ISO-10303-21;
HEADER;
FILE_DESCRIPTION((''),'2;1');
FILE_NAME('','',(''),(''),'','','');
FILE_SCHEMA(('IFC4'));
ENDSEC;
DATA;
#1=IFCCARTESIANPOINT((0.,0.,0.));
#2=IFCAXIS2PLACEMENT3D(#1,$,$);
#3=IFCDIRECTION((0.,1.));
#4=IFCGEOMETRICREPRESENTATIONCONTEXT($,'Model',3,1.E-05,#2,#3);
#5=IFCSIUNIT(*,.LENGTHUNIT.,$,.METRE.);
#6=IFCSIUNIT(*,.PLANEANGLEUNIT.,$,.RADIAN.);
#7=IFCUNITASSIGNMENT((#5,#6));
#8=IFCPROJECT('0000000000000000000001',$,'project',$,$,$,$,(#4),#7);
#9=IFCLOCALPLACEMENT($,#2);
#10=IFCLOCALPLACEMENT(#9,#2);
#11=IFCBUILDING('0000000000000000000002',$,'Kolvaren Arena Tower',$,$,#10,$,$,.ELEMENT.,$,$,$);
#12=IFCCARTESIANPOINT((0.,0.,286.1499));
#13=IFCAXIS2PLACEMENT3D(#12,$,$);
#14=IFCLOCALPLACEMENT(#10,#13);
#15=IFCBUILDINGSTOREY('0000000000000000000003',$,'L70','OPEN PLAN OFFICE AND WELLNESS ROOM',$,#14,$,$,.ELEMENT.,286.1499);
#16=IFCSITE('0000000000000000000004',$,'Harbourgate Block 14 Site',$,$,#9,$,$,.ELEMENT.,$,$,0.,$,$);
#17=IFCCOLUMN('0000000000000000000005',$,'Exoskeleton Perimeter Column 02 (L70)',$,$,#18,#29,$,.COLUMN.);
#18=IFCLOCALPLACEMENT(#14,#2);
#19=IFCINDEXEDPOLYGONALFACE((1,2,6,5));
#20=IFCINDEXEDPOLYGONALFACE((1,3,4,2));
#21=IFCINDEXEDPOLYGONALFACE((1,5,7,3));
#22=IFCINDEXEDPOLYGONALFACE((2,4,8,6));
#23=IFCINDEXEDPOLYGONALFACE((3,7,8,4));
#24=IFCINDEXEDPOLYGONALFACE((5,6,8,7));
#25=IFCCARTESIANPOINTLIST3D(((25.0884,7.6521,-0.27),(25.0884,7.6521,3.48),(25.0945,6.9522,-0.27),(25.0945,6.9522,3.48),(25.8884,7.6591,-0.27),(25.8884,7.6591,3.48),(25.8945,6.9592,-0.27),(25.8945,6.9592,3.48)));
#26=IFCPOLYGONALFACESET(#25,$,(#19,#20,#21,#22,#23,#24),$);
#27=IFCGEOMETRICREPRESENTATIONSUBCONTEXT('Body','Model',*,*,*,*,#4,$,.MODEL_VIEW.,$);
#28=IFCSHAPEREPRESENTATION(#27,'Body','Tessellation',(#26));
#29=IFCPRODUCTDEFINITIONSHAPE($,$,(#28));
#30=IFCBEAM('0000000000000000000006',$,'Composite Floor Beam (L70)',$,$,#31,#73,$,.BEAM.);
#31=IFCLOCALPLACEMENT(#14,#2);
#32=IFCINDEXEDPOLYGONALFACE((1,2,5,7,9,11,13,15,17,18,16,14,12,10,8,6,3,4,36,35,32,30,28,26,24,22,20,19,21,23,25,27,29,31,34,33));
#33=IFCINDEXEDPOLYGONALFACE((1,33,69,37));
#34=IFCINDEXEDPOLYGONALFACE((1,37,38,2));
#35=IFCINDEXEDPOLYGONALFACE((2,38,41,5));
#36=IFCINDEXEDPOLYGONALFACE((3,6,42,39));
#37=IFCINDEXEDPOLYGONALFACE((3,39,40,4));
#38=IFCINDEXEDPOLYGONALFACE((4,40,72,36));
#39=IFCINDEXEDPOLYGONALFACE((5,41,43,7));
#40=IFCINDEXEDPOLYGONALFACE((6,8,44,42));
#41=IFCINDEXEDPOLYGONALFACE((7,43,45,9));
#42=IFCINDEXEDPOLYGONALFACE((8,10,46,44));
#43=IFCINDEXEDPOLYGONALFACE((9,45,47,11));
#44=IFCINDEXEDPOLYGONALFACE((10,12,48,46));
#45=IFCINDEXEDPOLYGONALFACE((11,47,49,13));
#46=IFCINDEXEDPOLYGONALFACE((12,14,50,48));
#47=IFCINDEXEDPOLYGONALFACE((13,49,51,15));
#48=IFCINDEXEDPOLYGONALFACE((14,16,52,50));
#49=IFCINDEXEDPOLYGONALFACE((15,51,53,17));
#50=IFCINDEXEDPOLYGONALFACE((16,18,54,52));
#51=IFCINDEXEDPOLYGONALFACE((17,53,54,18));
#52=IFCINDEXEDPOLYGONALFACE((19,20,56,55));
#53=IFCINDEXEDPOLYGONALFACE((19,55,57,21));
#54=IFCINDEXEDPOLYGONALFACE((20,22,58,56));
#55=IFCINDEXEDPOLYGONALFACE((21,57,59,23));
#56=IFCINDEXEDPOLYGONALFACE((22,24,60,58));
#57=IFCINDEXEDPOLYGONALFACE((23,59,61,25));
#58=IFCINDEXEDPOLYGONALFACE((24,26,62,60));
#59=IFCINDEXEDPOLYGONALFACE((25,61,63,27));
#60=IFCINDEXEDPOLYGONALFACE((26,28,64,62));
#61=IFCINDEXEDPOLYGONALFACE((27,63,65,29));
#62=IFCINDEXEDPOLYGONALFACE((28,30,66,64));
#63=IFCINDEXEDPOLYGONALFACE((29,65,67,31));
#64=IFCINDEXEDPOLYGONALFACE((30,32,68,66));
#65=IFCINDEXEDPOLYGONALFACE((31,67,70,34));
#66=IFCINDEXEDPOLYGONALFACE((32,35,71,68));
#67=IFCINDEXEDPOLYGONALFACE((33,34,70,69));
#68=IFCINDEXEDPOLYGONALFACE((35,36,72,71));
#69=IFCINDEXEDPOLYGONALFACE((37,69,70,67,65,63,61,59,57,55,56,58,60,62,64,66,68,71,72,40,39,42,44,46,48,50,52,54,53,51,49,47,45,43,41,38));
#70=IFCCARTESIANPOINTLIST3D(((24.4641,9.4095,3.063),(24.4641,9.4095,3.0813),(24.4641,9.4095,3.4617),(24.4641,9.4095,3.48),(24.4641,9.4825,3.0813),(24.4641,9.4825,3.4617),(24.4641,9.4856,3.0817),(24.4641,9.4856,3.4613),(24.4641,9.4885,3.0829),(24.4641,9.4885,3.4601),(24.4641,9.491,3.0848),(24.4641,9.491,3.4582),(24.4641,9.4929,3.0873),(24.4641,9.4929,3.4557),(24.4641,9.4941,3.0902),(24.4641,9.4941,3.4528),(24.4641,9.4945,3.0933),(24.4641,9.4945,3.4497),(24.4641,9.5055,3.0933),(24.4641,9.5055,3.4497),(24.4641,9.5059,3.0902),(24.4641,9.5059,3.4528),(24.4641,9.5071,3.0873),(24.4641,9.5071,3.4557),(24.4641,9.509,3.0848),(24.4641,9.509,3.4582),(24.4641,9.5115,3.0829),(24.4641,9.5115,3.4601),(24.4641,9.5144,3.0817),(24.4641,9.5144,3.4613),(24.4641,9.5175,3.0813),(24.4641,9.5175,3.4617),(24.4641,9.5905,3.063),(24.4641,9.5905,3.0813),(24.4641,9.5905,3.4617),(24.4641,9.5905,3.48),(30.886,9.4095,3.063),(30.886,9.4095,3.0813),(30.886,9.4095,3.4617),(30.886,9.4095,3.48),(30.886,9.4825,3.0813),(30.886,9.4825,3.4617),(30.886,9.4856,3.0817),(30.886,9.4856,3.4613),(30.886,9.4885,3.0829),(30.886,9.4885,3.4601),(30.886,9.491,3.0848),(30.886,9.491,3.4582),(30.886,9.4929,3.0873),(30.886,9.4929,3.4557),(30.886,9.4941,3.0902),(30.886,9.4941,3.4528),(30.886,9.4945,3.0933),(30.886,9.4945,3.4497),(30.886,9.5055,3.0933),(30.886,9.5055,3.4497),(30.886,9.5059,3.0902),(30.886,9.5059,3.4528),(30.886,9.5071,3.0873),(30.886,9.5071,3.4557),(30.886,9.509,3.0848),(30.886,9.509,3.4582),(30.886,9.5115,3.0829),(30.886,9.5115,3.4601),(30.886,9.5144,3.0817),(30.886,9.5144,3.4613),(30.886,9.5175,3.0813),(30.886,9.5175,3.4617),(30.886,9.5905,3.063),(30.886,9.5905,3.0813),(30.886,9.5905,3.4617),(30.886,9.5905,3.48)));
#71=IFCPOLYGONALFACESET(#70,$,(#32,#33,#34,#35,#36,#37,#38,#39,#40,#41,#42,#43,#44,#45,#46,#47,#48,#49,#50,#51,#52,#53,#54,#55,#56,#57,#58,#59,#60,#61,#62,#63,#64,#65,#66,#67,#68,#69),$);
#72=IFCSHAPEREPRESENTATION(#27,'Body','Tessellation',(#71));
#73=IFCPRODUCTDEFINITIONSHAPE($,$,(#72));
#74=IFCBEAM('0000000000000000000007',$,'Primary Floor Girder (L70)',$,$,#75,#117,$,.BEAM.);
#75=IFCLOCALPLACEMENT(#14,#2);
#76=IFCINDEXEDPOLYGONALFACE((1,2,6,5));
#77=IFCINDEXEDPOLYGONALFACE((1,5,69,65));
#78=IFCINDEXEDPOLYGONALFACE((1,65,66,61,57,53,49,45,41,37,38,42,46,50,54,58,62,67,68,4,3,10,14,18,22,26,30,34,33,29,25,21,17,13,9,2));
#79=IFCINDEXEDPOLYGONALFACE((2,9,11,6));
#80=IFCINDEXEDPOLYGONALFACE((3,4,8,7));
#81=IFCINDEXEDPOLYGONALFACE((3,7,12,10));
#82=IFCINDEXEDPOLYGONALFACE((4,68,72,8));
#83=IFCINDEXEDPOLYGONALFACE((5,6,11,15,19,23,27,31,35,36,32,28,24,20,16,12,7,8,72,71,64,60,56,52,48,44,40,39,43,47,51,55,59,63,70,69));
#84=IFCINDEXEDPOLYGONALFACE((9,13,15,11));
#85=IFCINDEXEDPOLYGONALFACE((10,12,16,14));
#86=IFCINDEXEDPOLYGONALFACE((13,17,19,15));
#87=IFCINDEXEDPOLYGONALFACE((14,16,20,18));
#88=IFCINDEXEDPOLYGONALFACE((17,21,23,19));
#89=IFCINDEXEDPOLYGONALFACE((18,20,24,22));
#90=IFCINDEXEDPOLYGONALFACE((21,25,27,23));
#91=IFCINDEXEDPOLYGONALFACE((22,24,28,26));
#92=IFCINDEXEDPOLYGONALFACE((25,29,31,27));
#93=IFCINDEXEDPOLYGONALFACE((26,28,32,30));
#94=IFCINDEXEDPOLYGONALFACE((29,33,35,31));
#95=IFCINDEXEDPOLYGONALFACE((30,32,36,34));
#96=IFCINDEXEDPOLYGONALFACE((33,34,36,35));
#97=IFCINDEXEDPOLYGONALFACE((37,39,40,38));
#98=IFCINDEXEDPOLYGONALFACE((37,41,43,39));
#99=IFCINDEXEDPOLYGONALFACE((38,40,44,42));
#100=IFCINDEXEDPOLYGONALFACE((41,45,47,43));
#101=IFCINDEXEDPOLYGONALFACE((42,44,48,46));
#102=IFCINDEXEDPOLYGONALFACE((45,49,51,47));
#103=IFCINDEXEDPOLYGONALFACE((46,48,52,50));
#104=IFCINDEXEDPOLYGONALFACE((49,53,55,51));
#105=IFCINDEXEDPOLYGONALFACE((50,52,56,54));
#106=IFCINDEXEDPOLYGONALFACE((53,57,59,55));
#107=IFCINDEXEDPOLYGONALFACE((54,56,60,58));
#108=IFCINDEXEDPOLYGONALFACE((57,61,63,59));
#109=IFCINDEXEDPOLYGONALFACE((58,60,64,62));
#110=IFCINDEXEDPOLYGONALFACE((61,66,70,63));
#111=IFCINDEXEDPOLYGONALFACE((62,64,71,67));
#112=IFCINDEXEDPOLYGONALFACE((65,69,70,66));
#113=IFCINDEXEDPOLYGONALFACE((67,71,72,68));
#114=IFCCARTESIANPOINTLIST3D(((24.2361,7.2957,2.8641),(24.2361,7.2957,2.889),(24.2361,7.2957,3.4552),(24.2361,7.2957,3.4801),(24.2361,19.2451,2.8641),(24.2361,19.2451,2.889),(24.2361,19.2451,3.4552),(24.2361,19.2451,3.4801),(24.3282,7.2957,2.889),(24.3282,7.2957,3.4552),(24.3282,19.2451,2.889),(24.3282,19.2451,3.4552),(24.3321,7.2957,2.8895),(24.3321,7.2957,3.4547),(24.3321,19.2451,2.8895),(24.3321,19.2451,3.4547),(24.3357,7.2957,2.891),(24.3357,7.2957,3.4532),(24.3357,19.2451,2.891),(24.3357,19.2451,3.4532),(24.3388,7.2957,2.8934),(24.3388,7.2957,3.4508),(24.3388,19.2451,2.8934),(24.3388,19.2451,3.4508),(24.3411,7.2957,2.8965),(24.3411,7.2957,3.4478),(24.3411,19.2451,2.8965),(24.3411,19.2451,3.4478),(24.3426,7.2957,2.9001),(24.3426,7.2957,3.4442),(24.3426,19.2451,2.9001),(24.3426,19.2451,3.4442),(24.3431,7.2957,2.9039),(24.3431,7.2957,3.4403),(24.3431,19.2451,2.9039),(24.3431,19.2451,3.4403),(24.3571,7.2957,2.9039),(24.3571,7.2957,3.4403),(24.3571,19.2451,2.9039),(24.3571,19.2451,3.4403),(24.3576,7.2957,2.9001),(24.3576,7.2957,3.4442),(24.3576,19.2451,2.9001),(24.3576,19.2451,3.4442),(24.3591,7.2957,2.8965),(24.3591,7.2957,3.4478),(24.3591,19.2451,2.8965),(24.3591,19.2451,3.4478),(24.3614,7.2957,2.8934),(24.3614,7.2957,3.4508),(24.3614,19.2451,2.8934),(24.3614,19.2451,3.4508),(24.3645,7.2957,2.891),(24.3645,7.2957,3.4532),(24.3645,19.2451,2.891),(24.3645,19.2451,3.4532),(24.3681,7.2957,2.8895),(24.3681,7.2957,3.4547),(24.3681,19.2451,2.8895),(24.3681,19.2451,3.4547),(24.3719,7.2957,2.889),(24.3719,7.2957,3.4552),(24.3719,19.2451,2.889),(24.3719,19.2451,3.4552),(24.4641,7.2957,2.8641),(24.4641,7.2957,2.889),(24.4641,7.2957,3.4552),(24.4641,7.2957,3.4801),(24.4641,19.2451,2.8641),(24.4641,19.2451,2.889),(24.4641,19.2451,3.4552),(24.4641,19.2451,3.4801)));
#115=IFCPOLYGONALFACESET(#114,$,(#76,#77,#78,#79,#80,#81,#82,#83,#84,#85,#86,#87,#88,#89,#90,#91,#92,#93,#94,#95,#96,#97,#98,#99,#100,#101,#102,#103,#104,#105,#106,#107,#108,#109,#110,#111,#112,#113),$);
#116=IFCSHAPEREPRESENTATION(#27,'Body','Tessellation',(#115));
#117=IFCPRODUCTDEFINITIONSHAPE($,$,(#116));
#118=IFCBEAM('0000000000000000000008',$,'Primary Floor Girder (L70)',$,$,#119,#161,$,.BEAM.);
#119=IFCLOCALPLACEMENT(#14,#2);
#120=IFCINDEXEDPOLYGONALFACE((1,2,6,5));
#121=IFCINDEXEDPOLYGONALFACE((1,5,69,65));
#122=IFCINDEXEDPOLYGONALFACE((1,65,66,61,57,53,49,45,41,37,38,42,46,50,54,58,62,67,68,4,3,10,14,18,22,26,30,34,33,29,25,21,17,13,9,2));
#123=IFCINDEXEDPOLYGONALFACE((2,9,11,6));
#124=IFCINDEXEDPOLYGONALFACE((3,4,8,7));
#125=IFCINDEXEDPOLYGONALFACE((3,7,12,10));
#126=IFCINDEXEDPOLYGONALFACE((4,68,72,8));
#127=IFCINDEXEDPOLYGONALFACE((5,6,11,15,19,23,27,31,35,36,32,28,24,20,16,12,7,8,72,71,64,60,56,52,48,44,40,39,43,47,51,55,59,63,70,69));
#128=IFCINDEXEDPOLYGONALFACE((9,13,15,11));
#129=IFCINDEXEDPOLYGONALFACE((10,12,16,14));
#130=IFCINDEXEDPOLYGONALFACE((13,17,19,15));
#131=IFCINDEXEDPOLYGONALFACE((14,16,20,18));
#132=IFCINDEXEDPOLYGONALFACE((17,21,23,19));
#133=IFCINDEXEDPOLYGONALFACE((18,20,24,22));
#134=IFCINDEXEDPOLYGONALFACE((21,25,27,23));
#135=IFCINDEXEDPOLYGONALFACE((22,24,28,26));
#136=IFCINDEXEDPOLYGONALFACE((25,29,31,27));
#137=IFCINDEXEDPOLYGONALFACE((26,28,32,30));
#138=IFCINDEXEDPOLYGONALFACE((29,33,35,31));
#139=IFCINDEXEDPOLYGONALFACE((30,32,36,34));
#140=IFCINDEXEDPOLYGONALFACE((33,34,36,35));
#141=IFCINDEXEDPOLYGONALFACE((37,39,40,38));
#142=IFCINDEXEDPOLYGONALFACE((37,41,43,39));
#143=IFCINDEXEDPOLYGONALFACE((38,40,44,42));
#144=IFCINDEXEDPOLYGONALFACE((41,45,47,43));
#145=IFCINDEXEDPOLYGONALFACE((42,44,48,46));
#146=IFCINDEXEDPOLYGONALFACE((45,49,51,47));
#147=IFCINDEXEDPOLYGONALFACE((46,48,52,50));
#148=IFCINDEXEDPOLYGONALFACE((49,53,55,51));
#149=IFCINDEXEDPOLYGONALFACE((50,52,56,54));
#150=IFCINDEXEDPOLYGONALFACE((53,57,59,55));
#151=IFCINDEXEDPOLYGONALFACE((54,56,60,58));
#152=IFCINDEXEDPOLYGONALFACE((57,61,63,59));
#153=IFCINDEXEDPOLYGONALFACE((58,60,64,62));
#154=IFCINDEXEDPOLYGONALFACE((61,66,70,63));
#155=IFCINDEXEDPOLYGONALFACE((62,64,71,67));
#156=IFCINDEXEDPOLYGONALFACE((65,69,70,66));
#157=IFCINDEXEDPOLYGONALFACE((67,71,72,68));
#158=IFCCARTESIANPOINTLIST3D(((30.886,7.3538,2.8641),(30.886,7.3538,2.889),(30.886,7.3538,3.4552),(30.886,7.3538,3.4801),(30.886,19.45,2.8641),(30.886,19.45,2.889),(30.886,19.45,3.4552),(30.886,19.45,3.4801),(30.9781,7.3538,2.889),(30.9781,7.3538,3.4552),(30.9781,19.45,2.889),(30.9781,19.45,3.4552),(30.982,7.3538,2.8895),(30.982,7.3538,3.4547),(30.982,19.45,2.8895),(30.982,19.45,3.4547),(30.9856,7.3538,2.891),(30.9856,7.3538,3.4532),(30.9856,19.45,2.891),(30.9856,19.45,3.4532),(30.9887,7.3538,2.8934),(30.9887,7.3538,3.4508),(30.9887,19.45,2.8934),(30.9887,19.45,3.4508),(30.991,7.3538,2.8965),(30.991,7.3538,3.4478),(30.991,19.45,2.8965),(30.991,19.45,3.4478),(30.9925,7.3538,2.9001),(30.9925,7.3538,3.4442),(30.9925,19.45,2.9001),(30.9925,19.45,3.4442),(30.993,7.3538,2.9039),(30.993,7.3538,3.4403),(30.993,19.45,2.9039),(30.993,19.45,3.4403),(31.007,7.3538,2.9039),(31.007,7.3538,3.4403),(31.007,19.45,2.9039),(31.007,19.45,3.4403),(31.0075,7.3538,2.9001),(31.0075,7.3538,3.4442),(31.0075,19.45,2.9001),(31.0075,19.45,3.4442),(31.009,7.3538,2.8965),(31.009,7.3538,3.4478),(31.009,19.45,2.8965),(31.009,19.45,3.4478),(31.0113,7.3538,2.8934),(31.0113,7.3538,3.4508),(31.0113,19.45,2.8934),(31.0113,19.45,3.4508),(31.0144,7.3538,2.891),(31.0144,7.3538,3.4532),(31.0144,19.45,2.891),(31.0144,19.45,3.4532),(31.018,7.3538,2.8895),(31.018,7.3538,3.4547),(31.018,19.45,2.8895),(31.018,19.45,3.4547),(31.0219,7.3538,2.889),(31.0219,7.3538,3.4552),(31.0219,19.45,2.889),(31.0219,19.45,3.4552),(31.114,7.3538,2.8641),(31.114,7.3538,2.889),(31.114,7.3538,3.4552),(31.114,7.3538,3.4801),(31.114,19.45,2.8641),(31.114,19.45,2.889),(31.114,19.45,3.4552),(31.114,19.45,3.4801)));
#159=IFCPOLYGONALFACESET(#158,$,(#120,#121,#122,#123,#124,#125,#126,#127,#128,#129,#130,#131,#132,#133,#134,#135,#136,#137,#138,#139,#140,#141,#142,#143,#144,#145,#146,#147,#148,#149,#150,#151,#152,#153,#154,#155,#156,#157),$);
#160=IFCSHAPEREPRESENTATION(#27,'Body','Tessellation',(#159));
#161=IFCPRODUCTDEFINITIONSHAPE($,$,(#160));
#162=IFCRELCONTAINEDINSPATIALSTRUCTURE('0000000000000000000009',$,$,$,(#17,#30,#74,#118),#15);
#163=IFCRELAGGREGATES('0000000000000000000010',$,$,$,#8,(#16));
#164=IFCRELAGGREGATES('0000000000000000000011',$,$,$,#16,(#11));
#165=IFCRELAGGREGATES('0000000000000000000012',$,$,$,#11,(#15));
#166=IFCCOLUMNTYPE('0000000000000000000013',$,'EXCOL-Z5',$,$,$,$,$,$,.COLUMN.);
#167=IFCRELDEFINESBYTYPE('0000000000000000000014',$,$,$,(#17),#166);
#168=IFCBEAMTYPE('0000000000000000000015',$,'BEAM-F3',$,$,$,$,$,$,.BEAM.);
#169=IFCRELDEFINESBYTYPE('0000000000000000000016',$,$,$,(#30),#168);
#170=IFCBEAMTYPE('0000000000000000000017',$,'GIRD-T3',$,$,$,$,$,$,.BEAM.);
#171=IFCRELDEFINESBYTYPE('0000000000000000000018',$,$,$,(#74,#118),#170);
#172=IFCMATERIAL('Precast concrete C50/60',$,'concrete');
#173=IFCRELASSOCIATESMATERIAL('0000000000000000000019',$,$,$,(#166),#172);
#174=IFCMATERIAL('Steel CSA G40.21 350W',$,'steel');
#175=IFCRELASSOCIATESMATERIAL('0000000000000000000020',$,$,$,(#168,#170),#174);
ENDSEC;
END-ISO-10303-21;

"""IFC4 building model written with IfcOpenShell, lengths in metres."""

from ifc_helpers import new_model, si_unit, direction, frame, origin, origin_2d, place, context, subcontext, project, spatial, rectangle, i_section, extrude, material, material_profile, profile_set, type_object, element, save


model = new_model("IFC4")

# Units and contexts
model_context = context("Model", 3, precision=1e-05, world=origin(), true_north=direction((0.0, 1.0)))
body_context = subcontext(model_context, "Body", "Model", "MODEL_VIEW")
ifc_project = project(units=[si_unit("LENGTHUNIT", "METRE"), si_unit("PLANEANGLEUNIT", "RADIAN")], contexts=[model_context])

# Site, building, storey
site_placement = place(None, origin())
site = spatial("IfcSite", under=ifc_project, at=site_placement, Name="Harbourgate Block 14 Site", CompositionType="ELEMENT", RefElevation=0.0)
building_placement = place(site_placement, origin())
building = spatial("IfcBuilding", under=site, at=building_placement, Name="Kolvaren Arena Tower", CompositionType="ELEMENT")
storey_placement = place(building_placement, frame((0.0, 0.0, 286.1499)))
storey = spatial("IfcBuildingStorey", under=building, at=storey_placement, Name="L70", Description="OPEN PLAN OFFICE AND WELLNESS ROOM", CompositionType="ELEMENT", Elevation=286.1499)

# Column
ifc_material_1 = material(Name="Precast concrete C50/60", Category="concrete")
ifc_material_profile_1 = material_profile(ifc_material_1, rectangle(XDim=0.8, YDim=0.7, at=origin_2d()), Name="RC-800x700")
ifc_profile_set_1 = profile_set([ifc_material_profile_1], Name="Precast concrete C50/60")
column_type = type_object("IfcColumnType", Name="EXCOL-Z5", PredefinedType="COLUMN", material=ifc_profile_set_1)
column_placement = place(storey_placement, frame((25.4915, 7.3057, -0.27), z_axis=(0.0, 0.0, 1.0), x_axis=(0.999962, 0.008727, 0.0)))
element("IfcColumn", 1, at=column_placement, inside=storey, type_object=column_type, Name="Exoskeleton Perimeter Column 02 (L70)", PredefinedType="COLUMN", context=body_context, shape_type="SweptSolid", body=[
    extrude(rectangle(XDim=0.8, YDim=0.7, at=origin_2d()), origin(), (0.0, 0.0, 1.0), 3.75),
])

# Beams
ifc_material_2 = material(Name="Steel CSA G40.21 350W", Category="steel")
ifc_material_profile_2 = material_profile(ifc_material_2, i_section(OverallWidth=0.1809, OverallDepth=0.417, WebThickness=0.011, FlangeThickness=0.0183, FilletRadius=0.012, at=origin_2d()), Name="W410x85")
ifc_profile_set_2 = profile_set([ifc_material_profile_2], Name="Steel CSA G40.21 350W")
beam_type_1 = type_object("IfcBeamType", Name="BEAM-F3", PredefinedType="BEAM", material=ifc_profile_set_2)
beam_1_placement = place(storey_placement, frame((24.4641, 9.5, 3.2715), z_axis=(1.0, 0.0, 0.0), x_axis=(0.0, 1.0, 0.0)))
element("IfcBeam", 2, at=beam_1_placement, inside=storey, type_object=beam_type_1, Name="Composite Floor Beam (L70)", PredefinedType="BEAM", context=body_context, shape_type="SweptSolid", body=[
    extrude(i_section(OverallWidth=0.1809, OverallDepth=0.417, WebThickness=0.011, FlangeThickness=0.0183, FilletRadius=0.012, at=origin_2d()), origin(), (0.0, 0.0, 1.0), 6.4219),
])
ifc_material_profile_3 = material_profile(ifc_material_2, i_section(OverallWidth=0.228, OverallDepth=0.616, WebThickness=0.0139, FlangeThickness=0.0249, FilletRadius=0.0149, at=origin_2d()), Name="W610x174")
ifc_profile_set_3 = profile_set([ifc_material_profile_3], Name="Steel CSA G40.21 350W")
beam_type_2 = type_object("IfcBeamType", Name="GIRD-T3", PredefinedType="BEAM", material=ifc_profile_set_3)
beam_2_placement = place(storey_placement, frame((24.3501, 7.2957, 3.1721), z_axis=(0.0, 1.0, 0.0), x_axis=(-1.0, 0.0, 0.0)))
element("IfcBeam", 3, at=beam_2_placement, inside=storey, type_object=beam_type_2, Name="Primary Floor Girder (L70)", PredefinedType="BEAM", context=body_context, shape_type="SweptSolid", body=[
    extrude(i_section(OverallWidth=0.228, OverallDepth=0.616, WebThickness=0.0139, FlangeThickness=0.0249, FilletRadius=0.0149, at=origin_2d()), origin(), (0.0, 0.0, 1.0), 11.9495),
])
beam_3_placement = place(storey_placement, frame((31.0, 7.3538, 3.1721), z_axis=(0.0, 1.0, 0.0), x_axis=(-1.0, 0.0, 0.0)))
element("IfcBeam", 4, at=beam_3_placement, inside=storey, type_object=beam_type_2, Name="Primary Floor Girder (L70)", PredefinedType="BEAM", context=body_context, shape_type="SweptSolid", body=[
    extrude(i_section(OverallWidth=0.228, OverallDepth=0.616, WebThickness=0.0139, FlangeThickness=0.0249, FilletRadius=0.0149, at=origin_2d()), origin(), (0.0, 0.0, 1.0), 12.0962),
])

save(model, "model.ifc")
